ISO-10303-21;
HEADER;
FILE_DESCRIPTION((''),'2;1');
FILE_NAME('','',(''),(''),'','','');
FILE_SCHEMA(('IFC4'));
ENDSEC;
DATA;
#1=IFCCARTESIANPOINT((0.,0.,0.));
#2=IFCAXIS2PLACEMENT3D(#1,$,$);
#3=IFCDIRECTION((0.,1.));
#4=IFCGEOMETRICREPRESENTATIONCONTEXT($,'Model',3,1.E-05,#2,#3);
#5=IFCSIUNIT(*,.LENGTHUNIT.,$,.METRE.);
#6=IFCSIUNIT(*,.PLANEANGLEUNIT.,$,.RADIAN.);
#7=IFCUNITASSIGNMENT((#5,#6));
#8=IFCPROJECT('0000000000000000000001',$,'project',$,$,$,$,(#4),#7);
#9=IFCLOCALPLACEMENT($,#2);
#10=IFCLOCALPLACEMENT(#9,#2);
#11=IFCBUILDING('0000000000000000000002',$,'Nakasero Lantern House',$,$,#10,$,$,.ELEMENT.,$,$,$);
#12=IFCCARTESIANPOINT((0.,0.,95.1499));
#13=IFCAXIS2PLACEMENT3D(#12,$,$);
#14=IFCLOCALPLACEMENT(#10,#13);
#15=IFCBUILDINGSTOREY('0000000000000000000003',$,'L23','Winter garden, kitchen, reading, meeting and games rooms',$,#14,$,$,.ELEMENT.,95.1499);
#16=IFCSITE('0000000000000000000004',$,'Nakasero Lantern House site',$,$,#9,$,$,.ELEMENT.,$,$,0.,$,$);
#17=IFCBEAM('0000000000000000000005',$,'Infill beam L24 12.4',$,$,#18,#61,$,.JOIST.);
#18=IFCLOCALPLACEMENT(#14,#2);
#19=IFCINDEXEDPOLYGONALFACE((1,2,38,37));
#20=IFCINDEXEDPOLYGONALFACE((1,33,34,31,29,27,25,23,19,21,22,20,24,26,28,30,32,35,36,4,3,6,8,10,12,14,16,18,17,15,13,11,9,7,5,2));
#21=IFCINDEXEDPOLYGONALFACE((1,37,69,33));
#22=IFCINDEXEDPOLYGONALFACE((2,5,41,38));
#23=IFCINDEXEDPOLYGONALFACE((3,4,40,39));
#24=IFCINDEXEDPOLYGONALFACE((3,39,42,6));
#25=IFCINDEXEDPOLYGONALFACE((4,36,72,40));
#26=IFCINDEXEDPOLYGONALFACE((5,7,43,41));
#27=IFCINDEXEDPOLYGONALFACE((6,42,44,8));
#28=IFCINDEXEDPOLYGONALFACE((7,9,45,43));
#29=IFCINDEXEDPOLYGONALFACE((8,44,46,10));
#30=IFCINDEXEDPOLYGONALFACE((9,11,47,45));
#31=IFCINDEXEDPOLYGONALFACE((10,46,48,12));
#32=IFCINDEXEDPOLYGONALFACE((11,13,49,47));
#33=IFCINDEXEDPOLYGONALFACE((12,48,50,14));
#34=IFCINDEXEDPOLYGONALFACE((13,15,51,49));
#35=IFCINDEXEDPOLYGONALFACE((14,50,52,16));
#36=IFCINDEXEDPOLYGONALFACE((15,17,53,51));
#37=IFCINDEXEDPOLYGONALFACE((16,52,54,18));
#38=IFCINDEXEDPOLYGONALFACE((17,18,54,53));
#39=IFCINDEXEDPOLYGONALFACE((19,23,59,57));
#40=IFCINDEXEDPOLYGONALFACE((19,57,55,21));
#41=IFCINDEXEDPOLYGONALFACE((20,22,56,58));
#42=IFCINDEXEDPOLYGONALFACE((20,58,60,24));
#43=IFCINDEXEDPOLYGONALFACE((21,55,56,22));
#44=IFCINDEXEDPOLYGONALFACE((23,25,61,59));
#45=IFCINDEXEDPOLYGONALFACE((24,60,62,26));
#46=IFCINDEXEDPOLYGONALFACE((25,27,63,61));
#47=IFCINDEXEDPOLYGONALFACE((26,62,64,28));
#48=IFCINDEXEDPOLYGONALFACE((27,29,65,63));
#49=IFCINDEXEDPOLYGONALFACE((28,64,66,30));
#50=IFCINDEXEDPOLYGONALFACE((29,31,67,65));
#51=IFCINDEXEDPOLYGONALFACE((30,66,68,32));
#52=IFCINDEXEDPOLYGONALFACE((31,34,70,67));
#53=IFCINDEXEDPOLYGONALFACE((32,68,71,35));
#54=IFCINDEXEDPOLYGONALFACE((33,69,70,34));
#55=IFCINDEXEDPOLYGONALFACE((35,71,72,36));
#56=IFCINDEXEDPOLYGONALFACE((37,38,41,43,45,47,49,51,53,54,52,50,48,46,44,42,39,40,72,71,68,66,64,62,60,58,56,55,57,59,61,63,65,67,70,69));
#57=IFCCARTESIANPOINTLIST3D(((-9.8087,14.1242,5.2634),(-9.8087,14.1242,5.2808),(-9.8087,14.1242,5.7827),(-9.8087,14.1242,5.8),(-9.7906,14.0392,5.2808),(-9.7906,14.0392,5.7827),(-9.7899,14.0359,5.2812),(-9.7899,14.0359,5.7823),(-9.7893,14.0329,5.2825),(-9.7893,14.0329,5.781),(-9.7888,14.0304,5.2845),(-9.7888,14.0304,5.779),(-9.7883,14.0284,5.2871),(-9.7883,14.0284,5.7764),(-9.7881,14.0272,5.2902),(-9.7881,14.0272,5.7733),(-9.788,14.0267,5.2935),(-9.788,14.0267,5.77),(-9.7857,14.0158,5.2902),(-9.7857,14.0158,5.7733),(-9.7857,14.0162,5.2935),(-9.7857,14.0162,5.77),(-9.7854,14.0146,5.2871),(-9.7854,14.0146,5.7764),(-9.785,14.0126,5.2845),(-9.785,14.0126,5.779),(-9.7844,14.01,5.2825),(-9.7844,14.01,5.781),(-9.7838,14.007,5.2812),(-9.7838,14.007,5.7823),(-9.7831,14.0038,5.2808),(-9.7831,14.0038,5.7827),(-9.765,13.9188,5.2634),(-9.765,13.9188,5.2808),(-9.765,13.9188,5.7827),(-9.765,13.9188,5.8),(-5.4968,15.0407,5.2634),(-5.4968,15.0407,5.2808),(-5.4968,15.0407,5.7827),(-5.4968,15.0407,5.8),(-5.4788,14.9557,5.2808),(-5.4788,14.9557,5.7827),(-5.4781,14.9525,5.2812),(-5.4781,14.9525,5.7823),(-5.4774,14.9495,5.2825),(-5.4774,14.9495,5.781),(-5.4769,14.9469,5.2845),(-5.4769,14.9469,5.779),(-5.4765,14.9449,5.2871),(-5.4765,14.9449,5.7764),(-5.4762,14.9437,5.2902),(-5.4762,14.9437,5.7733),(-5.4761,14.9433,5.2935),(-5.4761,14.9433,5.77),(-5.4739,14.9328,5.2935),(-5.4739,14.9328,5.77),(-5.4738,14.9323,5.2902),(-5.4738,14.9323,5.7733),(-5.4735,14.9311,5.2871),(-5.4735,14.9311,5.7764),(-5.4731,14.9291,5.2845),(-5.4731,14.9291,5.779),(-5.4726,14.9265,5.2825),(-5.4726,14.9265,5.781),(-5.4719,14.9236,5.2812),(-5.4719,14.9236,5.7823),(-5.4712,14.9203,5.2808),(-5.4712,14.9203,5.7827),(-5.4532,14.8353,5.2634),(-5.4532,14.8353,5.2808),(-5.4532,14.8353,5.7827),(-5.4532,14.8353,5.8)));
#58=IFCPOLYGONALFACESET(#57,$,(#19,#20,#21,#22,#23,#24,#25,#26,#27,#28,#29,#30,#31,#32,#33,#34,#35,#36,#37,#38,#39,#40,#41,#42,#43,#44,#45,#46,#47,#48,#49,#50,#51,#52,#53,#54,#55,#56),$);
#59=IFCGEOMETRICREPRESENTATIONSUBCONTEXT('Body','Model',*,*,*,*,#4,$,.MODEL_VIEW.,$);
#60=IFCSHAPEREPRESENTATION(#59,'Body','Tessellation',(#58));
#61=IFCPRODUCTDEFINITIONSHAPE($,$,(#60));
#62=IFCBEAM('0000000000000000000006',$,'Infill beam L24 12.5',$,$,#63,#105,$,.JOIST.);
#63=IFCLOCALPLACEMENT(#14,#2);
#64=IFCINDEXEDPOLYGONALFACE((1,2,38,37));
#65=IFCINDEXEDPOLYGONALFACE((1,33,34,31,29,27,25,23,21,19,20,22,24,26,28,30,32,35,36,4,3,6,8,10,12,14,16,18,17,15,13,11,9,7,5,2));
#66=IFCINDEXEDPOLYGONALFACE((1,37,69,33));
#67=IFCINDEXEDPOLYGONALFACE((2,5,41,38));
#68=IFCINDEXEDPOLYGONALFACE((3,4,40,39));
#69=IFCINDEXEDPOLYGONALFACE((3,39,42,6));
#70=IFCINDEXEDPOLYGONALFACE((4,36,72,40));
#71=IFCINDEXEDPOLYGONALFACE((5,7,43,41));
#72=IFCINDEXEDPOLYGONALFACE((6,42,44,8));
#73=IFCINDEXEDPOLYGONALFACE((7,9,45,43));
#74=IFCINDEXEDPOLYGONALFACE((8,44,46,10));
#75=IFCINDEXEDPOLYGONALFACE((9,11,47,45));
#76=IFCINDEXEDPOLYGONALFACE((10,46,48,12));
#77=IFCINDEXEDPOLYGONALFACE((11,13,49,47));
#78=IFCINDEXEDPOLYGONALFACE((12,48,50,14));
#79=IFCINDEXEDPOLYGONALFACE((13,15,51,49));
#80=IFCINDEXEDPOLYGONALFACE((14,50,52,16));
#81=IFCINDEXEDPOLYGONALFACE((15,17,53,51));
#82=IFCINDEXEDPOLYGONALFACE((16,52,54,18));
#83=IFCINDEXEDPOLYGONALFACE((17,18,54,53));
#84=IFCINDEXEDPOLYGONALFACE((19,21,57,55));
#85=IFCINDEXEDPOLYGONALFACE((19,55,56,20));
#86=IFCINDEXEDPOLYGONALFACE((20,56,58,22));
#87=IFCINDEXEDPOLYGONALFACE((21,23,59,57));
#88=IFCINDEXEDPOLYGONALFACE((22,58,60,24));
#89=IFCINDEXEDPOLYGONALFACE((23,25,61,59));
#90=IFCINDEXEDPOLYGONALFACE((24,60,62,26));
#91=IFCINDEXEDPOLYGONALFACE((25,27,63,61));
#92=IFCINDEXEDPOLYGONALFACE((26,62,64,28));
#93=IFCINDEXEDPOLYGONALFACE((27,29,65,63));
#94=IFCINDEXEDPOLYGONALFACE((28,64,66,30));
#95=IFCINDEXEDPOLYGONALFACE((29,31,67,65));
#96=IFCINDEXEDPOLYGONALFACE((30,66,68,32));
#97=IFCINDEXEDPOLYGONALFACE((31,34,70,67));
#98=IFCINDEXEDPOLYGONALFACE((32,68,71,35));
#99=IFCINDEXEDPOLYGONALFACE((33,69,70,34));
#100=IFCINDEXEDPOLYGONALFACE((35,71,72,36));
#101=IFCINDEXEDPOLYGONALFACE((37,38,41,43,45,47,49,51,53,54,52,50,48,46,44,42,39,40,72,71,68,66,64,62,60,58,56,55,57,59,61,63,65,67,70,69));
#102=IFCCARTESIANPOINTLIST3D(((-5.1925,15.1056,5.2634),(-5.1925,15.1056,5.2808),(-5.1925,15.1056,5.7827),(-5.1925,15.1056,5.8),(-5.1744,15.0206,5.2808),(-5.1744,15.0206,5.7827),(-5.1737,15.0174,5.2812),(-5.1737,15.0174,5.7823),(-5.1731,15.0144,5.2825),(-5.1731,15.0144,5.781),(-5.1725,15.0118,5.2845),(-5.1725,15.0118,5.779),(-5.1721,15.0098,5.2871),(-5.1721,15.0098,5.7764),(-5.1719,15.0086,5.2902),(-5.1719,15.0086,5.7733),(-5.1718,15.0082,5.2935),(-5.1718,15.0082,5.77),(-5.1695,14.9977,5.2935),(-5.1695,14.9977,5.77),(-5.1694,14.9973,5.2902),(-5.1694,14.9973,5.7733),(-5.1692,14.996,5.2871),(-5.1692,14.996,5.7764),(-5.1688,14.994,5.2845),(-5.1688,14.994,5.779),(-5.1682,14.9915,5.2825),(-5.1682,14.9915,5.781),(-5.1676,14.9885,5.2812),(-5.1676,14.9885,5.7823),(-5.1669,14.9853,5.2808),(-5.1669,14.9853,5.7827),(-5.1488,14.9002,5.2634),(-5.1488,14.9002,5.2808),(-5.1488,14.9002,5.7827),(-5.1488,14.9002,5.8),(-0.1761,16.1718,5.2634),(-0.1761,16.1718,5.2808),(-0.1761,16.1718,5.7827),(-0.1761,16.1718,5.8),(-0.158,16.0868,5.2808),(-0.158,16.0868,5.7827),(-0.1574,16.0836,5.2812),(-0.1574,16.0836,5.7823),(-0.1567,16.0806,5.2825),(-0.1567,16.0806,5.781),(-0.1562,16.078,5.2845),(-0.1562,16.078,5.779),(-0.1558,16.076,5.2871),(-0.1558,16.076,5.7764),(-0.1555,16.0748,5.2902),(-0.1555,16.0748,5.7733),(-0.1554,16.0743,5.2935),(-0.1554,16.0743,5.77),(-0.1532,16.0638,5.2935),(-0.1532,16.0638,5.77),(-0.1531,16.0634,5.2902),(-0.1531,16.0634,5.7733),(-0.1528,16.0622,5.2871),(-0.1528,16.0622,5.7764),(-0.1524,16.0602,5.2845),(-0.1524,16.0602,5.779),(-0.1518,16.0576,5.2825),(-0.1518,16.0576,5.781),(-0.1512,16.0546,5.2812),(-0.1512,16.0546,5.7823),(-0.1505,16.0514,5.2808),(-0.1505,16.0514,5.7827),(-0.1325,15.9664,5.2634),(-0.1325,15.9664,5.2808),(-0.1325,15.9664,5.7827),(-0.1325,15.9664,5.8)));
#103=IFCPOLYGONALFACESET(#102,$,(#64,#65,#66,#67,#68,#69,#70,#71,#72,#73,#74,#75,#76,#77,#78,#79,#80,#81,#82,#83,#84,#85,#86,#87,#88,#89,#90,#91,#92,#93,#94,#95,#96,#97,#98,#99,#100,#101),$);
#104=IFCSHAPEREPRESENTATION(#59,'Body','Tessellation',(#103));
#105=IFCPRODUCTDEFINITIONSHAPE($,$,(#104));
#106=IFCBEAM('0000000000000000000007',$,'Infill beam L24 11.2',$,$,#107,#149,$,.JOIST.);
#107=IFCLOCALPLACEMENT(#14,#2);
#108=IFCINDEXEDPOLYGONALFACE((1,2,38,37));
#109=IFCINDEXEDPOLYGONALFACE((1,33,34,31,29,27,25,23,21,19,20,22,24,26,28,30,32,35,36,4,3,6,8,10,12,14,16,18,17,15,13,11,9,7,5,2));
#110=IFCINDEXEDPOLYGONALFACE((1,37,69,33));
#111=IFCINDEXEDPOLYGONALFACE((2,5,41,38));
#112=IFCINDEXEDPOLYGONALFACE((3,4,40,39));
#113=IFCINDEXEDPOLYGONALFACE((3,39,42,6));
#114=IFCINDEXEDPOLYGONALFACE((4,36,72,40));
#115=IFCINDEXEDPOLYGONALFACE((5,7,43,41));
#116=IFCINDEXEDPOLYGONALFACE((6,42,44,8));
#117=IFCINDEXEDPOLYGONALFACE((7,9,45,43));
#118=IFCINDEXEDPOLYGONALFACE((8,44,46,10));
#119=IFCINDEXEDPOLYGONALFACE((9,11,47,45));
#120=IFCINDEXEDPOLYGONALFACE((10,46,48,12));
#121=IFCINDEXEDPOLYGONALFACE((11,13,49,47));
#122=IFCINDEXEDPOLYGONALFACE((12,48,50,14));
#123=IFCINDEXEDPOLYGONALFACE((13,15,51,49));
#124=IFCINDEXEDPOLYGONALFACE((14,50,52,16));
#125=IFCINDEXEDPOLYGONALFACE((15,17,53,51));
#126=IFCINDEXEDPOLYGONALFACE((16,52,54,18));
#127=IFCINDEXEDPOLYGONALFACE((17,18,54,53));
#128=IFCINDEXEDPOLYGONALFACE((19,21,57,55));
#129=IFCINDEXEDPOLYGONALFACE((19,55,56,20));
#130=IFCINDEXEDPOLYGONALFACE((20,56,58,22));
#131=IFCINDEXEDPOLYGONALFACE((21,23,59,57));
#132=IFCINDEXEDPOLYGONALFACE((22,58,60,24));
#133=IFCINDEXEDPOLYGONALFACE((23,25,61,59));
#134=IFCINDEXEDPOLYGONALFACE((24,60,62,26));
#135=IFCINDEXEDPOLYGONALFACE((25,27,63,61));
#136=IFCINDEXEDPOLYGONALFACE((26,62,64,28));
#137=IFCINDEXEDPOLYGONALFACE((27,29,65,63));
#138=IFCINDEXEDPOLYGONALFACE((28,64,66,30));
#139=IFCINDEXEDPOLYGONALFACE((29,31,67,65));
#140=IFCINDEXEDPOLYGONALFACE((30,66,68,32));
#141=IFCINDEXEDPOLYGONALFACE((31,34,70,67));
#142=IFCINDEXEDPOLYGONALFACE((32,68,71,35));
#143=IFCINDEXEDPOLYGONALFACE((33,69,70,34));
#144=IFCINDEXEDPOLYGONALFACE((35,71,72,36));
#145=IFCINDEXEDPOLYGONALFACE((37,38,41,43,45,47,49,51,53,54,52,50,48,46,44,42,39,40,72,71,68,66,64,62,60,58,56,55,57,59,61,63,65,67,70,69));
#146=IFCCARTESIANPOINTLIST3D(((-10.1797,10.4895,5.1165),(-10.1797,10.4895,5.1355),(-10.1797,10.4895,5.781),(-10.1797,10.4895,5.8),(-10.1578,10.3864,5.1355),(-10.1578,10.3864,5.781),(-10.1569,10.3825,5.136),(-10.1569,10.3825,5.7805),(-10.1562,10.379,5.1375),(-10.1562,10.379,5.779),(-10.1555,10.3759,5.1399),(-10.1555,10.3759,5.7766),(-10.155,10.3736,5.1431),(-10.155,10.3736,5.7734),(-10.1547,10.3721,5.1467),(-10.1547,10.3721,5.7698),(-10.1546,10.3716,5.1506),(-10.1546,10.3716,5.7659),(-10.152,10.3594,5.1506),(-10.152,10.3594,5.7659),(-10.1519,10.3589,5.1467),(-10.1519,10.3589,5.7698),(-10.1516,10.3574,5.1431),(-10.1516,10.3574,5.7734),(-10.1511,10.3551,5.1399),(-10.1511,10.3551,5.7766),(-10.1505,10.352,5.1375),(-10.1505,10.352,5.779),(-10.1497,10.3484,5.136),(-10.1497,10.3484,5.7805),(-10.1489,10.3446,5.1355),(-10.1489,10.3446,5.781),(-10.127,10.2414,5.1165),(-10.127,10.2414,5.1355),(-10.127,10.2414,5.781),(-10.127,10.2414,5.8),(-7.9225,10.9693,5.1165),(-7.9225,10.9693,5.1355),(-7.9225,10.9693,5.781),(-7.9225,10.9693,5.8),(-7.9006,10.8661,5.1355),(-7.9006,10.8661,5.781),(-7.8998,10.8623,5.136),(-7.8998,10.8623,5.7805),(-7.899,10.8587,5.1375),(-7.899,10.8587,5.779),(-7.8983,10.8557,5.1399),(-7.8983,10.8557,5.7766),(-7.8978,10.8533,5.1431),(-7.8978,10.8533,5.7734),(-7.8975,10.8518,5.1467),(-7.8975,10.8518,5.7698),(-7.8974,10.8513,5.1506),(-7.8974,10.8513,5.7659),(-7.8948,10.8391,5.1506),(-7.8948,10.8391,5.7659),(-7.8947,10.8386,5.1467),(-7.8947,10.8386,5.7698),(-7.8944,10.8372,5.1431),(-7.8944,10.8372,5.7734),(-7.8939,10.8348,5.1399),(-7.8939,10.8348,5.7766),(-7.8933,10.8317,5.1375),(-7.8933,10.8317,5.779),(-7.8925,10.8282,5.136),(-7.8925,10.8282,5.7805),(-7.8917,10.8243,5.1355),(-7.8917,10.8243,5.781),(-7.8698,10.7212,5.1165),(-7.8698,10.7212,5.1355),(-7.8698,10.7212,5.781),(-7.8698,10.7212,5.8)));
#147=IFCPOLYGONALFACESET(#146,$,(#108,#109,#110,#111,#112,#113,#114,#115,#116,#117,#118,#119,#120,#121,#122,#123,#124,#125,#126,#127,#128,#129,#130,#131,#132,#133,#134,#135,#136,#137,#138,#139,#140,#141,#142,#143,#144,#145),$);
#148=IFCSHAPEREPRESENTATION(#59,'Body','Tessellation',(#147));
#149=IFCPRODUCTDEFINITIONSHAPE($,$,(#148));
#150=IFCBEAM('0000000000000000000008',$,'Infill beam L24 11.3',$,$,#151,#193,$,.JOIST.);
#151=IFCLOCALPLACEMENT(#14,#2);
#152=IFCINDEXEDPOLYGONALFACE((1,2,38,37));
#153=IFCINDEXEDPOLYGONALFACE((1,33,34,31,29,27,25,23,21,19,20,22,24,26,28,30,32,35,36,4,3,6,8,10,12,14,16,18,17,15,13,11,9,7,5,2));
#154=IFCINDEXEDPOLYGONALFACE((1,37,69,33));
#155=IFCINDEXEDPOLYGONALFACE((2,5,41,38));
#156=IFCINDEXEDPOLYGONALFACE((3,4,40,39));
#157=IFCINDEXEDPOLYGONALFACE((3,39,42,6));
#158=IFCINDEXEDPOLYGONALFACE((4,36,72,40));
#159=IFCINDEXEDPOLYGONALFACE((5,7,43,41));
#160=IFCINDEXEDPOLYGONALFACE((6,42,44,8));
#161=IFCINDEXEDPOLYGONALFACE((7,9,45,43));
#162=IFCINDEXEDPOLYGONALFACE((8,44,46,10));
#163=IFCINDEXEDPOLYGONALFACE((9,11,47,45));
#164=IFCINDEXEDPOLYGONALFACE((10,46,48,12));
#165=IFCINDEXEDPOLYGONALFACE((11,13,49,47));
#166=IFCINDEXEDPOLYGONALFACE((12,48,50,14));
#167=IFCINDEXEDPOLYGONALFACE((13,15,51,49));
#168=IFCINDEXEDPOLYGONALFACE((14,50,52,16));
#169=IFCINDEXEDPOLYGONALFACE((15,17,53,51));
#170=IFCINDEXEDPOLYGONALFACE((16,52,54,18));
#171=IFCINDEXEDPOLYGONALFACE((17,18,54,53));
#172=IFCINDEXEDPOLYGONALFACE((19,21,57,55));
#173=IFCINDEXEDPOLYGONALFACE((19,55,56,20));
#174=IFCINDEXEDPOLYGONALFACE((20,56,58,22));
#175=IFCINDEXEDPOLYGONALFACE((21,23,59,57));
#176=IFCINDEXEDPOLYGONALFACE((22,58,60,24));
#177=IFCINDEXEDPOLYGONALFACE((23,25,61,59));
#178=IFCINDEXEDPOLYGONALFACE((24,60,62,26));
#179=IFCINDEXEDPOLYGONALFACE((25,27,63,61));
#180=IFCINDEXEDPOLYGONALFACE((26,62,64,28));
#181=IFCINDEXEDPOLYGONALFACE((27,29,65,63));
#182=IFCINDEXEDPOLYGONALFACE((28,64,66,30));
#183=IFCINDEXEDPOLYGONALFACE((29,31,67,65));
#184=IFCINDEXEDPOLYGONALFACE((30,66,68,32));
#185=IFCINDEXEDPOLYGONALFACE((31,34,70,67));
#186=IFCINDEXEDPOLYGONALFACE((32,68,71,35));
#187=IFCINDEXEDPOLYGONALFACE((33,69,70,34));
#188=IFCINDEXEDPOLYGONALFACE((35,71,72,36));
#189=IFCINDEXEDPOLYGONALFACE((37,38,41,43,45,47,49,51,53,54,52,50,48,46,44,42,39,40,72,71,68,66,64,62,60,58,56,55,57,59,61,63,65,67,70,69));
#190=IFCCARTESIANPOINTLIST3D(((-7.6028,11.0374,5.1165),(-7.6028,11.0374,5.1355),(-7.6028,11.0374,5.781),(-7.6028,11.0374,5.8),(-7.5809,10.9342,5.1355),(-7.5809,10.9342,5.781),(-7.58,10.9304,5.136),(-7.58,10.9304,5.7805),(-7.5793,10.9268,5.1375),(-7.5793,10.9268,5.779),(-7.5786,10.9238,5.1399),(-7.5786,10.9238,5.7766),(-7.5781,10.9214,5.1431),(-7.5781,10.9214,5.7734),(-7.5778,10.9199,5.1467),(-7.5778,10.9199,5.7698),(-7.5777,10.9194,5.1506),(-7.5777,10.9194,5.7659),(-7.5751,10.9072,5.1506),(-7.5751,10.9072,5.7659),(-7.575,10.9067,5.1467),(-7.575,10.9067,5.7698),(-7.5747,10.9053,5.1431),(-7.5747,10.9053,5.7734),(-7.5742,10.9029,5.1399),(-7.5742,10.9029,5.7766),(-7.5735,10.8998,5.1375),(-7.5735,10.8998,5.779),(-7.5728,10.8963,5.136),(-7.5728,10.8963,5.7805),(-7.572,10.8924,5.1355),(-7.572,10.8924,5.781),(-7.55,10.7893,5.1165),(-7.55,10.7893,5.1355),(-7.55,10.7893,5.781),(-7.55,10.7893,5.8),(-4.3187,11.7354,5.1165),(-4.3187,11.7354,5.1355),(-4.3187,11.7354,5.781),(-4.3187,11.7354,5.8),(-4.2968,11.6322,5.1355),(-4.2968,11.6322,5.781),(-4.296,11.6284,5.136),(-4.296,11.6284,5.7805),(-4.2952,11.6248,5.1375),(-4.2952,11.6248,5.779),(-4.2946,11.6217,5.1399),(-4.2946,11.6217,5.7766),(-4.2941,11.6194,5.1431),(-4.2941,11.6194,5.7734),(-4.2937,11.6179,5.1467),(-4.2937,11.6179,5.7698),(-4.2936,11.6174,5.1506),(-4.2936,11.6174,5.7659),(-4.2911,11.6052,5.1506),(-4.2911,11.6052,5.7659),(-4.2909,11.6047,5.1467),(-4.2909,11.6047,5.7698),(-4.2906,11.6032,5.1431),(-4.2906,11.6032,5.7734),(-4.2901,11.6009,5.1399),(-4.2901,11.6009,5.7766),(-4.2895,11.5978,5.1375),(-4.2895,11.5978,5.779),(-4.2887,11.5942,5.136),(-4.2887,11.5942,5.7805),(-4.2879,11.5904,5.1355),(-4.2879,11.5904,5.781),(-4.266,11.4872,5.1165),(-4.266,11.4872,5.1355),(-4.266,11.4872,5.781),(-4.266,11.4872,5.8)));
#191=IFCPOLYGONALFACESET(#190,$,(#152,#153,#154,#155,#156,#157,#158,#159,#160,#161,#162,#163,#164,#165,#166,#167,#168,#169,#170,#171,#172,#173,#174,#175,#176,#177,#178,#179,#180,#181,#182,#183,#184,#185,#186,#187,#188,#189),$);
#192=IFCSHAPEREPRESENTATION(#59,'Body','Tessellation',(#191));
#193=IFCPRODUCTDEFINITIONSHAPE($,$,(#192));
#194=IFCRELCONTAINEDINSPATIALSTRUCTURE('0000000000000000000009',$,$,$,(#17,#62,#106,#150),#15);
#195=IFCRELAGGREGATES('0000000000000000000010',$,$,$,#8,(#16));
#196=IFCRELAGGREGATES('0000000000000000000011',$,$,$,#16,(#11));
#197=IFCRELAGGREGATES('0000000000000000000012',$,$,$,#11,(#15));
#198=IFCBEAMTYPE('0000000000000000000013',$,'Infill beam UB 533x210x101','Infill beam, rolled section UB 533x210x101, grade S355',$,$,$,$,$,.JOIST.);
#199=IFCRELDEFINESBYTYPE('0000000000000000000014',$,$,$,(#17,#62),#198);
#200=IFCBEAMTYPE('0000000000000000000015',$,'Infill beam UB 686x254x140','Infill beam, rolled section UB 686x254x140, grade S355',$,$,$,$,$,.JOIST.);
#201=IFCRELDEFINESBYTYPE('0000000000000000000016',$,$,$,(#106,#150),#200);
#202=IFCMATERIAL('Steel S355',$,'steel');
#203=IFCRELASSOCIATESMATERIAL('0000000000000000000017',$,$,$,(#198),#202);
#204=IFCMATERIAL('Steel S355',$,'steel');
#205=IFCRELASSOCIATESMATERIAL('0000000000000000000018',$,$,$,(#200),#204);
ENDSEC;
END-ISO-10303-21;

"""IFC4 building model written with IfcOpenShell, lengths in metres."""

from ifc_helpers import new_model, si_unit, direction, frame, origin, origin_2d, place, context, subcontext, project, spatial, i_section, extrude, material, material_profile, profile_set, type_object, element, save


model = new_model("IFC4")

# Units and contexts
model_context = context("Model", 3, precision=1e-05, world=origin(), true_north=direction((0.0, 1.0)))
body_context = subcontext(model_context, "Body", "Model", "MODEL_VIEW")
ifc_project = project(units=[si_unit("LENGTHUNIT", "METRE"), si_unit("PLANEANGLEUNIT", "RADIAN")], contexts=[model_context])

# Site, building, storey
site_placement = place(None, origin())
site = spatial("IfcSite", under=ifc_project, at=site_placement, Name="Nakasero Lantern House site", CompositionType="ELEMENT", RefElevation=0.0)
building_placement = place(site_placement, origin())
building = spatial("IfcBuilding", under=site, at=building_placement, Name="Nakasero Lantern House", CompositionType="ELEMENT")
storey_placement = place(building_placement, frame((0.0, 0.0, 95.1499)))
storey = spatial("IfcBuildingStorey", under=building, at=storey_placement, Name="L23", Description="Winter garden, kitchen, reading, meeting and games rooms", CompositionType="ELEMENT", Elevation=95.1499)

# Beams
ifc_material_1 = material(Name="Steel S355", Category="steel")
ifc_material_profile_1 = material_profile(ifc_material_1, i_section(OverallWidth=0.21, OverallDepth=0.5366, WebThickness=0.0107, FlangeThickness=0.0173, FilletRadius=0.0127, at=origin_2d()), Name="UB 533x210x101")
ifc_profile_set_1 = profile_set([ifc_material_profile_1], Name="Steel S355")
beam_type_1 = type_object("IfcBeamType", Name="Infill beam UB 533x210x101", Description="Infill beam, rolled section UB 533x210x101, grade S355", PredefinedType="JOIST", material=ifc_profile_set_1)
beam_1_placement = place(storey_placement, frame((-9.7869, 14.0215, 5.5317), z_axis=(0.978147, 0.207914, 0.0), x_axis=(-0.207914, 0.978147, 0.0)))
element("IfcBeam", 1, at=beam_1_placement, inside=storey, type_object=beam_type_1, Name="Infill beam L24 12.4", PredefinedType="JOIST", context=body_context, shape_type="SweptSolid", body=[
    extrude(i_section(OverallWidth=0.21, OverallDepth=0.5366, WebThickness=0.0107, FlangeThickness=0.0173, FilletRadius=0.0127, at=origin_2d()), origin(), (0.0, 0.0, 1.0), 4.4082),
])
beam_2_placement = place(storey_placement, frame((-5.1707, 15.0029, 5.5317), z_axis=(0.978151, 0.207893, 0.0), x_axis=(-0.207893, 0.978151, 0.0)))
element("IfcBeam", 2, at=beam_2_placement, inside=storey, type_object=beam_type_1, Name="Infill beam L24 12.5", PredefinedType="JOIST", context=body_context, shape_type="SweptSolid", body=[
    extrude(i_section(OverallWidth=0.21, OverallDepth=0.5366, WebThickness=0.0107, FlangeThickness=0.0173, FilletRadius=0.0127, at=origin_2d()), origin(), (0.0, 0.0, 1.0), 5.1284),
])
ifc_material_2 = material(Name="Steel S355", Category="steel")
ifc_material_profile_2 = material_profile(ifc_material_2, i_section(OverallWidth=0.2537, OverallDepth=0.6836, WebThickness=0.0125, FlangeThickness=0.019, FilletRadius=0.0151, at=origin_2d()), Name="UB 686x254x140")
ifc_profile_set_2 = profile_set([ifc_material_profile_2], Name="Steel S355")
beam_type_2 = type_object("IfcBeamType", Name="Infill beam UB 686x254x140", Description="Infill beam, rolled section UB 686x254x140, grade S355", PredefinedType="JOIST", material=ifc_profile_set_2)
beam_3_placement = place(storey_placement, frame((-10.1533, 10.3655, 5.4583), z_axis=(0.978149, 0.207903, 0.0), x_axis=(-0.207903, 0.978149, 0.0)))
element("IfcBeam", 3, at=beam_3_placement, inside=storey, type_object=beam_type_2, Name="Infill beam L24 11.2", PredefinedType="JOIST", context=body_context, shape_type="SweptSolid", body=[
    extrude(i_section(OverallWidth=0.2537, OverallDepth=0.6836, WebThickness=0.0125, FlangeThickness=0.019, FilletRadius=0.0151, at=origin_2d()), origin(), (0.0, 0.0, 1.0), 2.3076),
])
beam_4_placement = place(storey_placement, frame((-7.5764, 10.9133, 5.4583), z_axis=(0.978152, 0.20789, 0.0), x_axis=(-0.20789, 0.978152, 0.0)))
element("IfcBeam", 4, at=beam_4_placement, inside=storey, type_object=beam_type_2, Name="Infill beam L24 11.3", PredefinedType="JOIST", context=body_context, shape_type="SweptSolid", body=[
    extrude(i_section(OverallWidth=0.2537, OverallDepth=0.6836, WebThickness=0.0125, FlangeThickness=0.019, FilletRadius=0.0151, at=origin_2d()), origin(), (0.0, 0.0, 1.0), 3.3574),
])

save(model, "model.ifc")
